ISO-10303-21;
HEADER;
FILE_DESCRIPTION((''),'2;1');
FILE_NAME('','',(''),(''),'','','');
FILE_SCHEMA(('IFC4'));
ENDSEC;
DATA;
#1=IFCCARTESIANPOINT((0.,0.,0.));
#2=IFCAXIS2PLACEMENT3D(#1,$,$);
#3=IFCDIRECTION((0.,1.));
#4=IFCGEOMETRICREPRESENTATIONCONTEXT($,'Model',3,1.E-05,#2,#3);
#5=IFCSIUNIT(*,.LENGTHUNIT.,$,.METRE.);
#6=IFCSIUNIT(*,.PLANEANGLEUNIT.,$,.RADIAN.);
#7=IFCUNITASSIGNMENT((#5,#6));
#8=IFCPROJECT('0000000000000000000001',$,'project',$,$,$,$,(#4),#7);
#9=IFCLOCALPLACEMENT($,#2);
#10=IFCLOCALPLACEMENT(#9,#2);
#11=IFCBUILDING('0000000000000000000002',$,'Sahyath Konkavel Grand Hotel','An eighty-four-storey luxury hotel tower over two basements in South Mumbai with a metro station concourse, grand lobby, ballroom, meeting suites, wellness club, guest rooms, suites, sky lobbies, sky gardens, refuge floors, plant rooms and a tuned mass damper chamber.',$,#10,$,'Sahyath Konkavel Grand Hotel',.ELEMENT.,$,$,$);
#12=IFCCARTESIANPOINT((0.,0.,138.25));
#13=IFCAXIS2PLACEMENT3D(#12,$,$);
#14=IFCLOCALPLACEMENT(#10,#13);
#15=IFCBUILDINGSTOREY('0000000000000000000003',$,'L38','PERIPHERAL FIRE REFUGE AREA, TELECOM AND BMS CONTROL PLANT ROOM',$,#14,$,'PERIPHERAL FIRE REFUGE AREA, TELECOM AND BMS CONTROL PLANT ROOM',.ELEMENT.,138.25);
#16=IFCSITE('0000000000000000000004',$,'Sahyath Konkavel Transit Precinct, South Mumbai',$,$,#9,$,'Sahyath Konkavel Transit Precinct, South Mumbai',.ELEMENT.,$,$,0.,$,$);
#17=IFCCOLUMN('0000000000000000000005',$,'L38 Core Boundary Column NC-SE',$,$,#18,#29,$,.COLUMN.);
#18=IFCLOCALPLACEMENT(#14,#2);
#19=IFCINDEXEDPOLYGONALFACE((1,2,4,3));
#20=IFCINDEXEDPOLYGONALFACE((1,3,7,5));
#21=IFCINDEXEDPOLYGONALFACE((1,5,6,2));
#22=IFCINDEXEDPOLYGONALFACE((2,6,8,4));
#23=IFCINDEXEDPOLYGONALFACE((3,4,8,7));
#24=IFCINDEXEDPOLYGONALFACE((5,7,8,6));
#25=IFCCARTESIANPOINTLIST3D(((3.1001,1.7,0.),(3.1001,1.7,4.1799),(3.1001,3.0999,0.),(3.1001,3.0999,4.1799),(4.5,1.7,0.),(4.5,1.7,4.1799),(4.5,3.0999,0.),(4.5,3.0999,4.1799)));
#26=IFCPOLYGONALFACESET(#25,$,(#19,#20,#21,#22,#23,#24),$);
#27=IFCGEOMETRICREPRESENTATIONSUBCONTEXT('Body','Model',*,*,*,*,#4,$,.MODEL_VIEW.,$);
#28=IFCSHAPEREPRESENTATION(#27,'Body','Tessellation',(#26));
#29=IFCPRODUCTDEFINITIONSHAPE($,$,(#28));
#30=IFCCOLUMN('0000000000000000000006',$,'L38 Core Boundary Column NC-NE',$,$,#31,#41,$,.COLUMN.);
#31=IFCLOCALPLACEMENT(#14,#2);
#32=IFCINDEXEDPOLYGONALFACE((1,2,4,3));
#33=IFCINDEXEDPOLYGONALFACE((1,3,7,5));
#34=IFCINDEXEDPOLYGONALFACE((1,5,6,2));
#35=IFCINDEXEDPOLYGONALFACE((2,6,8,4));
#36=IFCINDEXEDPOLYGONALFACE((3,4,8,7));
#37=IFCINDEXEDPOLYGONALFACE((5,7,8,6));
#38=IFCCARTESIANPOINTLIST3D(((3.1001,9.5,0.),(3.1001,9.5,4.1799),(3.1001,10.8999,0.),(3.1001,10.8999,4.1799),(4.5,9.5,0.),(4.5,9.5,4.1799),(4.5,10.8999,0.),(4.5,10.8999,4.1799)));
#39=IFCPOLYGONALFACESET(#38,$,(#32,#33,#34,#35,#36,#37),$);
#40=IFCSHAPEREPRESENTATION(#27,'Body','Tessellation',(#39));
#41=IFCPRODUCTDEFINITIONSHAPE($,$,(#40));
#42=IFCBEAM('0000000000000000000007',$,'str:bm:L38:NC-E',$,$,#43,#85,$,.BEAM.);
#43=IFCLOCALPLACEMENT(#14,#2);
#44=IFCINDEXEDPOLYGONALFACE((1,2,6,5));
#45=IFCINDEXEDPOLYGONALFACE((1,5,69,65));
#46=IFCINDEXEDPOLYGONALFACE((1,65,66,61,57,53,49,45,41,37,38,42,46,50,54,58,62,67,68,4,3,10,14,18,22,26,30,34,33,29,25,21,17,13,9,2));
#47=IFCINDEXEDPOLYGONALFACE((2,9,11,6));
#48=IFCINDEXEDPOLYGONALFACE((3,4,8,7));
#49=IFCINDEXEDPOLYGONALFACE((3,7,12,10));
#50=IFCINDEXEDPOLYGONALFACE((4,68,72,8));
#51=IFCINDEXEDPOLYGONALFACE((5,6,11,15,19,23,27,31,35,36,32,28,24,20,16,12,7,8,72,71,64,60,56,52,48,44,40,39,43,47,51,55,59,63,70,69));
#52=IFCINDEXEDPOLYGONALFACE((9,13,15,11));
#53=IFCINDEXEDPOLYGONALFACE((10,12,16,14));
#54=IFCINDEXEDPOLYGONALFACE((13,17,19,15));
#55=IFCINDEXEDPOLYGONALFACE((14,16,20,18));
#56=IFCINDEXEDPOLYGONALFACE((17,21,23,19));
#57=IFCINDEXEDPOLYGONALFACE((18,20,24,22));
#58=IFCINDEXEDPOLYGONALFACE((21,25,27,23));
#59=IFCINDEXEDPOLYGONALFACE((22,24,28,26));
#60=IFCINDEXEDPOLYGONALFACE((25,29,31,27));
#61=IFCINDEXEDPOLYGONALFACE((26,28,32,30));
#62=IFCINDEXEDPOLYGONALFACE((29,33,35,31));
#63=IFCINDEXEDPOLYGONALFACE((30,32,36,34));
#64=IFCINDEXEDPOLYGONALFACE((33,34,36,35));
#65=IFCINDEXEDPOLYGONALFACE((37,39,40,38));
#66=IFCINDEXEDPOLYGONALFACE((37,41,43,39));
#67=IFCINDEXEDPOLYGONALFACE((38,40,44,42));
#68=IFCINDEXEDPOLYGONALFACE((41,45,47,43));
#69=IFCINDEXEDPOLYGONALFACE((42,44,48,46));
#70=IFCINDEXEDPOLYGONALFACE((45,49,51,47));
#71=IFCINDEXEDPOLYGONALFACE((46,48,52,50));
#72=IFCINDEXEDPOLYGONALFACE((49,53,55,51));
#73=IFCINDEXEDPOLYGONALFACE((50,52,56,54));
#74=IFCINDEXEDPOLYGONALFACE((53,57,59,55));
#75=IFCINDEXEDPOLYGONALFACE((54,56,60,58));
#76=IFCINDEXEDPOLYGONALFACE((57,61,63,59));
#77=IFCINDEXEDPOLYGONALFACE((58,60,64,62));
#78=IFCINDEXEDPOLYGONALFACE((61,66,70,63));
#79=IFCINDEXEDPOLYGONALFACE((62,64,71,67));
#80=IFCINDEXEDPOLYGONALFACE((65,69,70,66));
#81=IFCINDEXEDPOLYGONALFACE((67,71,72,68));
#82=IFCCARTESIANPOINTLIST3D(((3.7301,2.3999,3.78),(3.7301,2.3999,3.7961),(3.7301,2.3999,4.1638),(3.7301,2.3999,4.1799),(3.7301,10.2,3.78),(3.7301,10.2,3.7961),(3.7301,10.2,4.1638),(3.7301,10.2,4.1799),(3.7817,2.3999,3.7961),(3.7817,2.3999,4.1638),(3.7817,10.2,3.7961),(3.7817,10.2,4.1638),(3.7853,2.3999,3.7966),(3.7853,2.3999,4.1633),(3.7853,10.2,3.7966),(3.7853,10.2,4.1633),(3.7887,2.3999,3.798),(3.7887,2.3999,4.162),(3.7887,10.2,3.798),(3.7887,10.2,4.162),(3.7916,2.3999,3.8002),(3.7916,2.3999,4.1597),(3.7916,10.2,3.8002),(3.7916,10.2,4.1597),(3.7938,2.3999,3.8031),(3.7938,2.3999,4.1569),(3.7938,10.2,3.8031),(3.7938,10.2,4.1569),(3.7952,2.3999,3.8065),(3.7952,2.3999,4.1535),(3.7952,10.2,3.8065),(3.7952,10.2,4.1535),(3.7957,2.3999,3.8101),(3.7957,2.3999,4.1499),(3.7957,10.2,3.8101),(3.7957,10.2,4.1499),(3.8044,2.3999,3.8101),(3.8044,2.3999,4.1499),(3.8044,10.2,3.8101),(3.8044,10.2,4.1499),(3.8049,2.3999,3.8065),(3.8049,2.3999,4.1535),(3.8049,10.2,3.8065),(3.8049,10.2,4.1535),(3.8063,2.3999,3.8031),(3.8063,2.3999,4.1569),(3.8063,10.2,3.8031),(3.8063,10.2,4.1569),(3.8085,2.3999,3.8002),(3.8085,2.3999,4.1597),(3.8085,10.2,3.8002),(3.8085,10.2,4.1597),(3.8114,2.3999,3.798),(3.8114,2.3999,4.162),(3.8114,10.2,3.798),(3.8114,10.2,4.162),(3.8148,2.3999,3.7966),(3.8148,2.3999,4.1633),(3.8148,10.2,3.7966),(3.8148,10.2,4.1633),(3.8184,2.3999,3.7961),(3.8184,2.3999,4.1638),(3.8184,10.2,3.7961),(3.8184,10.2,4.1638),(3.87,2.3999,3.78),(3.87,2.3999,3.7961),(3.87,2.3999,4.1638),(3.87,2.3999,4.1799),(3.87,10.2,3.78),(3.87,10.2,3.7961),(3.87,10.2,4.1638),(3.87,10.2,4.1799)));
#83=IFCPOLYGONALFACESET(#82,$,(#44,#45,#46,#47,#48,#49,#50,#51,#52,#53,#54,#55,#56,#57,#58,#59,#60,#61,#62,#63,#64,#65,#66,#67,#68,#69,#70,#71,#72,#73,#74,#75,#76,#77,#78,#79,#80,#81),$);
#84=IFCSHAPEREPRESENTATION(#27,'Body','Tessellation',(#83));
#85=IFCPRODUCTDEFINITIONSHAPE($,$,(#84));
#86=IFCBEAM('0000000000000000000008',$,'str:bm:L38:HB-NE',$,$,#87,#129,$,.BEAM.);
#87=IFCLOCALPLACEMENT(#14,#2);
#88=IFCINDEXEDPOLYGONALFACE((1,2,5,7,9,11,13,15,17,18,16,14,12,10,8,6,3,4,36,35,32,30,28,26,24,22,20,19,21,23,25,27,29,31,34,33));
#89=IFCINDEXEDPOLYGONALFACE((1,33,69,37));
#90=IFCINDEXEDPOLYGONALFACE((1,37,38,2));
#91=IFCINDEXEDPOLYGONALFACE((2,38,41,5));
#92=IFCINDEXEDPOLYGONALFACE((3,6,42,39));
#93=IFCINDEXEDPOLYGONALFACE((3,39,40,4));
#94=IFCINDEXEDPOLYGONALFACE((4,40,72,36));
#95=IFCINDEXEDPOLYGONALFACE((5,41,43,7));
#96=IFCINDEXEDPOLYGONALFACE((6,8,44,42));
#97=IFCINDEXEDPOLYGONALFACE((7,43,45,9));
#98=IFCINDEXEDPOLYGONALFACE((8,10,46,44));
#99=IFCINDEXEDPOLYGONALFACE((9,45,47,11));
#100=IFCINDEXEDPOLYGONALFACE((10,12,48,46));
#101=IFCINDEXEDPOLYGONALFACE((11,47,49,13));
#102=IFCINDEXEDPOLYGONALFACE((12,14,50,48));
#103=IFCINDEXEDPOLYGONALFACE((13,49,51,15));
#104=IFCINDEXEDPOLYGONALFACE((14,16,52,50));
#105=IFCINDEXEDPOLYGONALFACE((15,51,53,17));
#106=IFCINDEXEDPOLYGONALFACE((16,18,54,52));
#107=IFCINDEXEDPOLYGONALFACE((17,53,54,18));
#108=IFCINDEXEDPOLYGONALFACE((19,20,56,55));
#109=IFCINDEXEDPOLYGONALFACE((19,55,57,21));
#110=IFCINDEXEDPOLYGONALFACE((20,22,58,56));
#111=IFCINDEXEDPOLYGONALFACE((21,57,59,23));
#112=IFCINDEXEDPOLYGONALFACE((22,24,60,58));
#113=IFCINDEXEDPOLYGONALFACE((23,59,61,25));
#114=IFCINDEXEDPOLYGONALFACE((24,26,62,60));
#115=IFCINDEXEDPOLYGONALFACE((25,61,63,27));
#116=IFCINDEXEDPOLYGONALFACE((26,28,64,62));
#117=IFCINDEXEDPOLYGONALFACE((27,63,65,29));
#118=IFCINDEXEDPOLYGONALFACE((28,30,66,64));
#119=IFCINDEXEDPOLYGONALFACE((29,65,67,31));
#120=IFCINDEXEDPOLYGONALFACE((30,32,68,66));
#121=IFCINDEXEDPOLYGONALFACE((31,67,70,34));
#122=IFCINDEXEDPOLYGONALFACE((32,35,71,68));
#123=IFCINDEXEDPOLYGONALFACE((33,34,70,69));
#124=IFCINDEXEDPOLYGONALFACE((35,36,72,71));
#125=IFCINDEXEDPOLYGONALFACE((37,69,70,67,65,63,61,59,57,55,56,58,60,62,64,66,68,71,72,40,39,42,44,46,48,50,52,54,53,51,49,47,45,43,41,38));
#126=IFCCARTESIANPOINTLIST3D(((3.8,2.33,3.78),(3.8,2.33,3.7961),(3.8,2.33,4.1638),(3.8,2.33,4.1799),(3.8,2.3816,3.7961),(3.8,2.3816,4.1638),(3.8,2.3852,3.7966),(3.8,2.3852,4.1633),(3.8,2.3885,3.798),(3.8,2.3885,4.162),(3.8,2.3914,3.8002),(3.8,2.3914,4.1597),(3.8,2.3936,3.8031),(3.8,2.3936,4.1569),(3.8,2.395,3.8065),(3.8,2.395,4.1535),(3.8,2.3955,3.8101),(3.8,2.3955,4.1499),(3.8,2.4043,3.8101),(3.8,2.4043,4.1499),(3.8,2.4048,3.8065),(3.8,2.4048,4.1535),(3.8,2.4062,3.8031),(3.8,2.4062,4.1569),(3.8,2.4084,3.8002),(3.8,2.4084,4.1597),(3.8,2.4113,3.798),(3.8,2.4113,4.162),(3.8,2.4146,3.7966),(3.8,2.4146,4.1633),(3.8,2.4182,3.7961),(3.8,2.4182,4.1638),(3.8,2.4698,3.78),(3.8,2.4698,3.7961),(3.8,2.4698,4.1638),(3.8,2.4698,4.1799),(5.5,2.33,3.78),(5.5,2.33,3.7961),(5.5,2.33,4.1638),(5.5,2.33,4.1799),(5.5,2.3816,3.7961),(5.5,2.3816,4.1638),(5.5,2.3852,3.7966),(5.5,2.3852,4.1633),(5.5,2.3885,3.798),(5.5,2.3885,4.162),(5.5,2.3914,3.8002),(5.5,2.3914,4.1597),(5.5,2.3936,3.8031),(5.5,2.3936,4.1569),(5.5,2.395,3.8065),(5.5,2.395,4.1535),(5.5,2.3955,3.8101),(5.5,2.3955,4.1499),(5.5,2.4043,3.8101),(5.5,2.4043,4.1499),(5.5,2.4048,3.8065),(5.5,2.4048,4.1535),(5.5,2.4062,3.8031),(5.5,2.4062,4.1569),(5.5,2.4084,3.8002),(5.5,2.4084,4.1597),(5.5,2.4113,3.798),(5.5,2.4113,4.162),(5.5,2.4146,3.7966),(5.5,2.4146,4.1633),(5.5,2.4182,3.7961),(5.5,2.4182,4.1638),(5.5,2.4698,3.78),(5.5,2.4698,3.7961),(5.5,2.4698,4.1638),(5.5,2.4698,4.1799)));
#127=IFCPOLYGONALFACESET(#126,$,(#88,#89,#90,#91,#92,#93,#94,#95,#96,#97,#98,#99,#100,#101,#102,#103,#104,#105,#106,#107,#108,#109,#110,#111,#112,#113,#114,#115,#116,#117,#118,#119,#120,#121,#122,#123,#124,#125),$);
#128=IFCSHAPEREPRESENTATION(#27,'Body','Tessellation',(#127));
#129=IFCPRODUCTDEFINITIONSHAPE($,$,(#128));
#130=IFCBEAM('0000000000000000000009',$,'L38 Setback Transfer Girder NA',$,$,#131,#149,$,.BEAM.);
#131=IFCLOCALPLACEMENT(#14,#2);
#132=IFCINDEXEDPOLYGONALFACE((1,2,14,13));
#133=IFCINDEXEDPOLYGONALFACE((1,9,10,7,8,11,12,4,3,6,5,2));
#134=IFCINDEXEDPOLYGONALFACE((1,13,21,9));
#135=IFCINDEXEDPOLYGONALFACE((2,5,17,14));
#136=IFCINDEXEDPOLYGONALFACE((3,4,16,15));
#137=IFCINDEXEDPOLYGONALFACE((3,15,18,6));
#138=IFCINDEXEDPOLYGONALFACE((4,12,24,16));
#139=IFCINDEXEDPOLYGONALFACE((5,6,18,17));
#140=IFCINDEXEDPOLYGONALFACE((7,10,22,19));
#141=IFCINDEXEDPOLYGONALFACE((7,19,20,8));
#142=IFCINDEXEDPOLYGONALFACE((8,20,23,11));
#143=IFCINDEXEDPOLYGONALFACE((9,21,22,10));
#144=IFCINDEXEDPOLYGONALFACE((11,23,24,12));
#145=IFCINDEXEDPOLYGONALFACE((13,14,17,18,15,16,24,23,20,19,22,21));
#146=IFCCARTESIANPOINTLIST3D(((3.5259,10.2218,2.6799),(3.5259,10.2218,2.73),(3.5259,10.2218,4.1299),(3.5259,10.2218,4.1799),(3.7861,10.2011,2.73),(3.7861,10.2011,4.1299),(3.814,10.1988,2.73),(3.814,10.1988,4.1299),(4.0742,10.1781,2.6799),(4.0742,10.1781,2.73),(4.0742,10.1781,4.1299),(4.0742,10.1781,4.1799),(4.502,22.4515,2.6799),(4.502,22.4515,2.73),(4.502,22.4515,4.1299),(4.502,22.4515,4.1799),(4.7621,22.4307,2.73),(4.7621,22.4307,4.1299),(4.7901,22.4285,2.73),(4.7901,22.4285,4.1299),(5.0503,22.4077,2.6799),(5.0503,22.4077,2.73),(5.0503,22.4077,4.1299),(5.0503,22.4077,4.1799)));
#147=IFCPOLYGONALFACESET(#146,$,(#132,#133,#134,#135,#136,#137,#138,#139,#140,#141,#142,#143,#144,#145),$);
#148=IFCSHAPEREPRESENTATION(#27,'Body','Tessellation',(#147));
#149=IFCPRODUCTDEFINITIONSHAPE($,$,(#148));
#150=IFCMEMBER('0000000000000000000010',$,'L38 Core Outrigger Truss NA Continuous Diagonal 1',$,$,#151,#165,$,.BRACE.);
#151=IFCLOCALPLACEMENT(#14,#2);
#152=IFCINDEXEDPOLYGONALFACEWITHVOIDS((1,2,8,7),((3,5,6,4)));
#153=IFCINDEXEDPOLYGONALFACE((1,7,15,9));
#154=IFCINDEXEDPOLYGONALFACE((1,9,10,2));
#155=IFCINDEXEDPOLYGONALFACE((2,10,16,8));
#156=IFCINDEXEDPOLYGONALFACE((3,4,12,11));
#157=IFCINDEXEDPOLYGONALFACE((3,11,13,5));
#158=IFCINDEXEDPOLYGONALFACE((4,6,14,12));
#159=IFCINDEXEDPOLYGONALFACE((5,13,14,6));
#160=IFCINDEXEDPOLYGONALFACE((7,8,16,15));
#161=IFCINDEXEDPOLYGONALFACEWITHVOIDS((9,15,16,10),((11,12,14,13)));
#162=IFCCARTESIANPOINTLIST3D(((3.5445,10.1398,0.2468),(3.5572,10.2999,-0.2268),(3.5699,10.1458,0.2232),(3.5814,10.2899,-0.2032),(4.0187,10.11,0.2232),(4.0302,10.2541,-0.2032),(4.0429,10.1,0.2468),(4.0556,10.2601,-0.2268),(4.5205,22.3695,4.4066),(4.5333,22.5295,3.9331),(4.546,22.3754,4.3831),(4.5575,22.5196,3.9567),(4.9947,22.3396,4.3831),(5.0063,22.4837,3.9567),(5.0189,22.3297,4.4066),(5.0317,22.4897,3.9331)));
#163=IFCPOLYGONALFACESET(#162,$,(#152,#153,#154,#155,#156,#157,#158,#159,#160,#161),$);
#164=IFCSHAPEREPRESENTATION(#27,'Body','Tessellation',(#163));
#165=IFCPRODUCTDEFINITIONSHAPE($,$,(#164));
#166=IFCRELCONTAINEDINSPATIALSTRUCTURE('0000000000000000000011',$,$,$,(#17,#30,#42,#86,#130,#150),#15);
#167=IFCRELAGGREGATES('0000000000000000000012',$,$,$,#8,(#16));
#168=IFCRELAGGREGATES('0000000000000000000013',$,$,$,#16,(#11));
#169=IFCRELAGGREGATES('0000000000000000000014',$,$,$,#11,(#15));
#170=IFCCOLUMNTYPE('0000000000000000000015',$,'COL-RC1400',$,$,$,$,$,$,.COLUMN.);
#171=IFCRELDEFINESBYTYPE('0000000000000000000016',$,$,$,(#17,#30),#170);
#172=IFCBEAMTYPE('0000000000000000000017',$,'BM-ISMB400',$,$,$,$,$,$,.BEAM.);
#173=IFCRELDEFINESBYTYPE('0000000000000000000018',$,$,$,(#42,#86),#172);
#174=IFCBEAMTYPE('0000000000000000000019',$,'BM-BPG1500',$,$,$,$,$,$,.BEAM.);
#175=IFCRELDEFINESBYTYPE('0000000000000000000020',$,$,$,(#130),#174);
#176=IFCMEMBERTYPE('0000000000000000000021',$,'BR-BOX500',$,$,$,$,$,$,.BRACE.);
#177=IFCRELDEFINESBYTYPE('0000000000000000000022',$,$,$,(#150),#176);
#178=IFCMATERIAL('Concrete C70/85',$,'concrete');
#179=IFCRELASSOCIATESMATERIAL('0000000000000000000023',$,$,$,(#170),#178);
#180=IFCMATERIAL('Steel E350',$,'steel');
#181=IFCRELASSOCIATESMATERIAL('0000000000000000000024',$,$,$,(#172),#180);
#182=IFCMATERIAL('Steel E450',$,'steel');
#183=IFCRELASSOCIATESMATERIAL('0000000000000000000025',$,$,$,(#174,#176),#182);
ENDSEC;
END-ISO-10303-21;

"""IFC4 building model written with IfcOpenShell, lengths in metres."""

from ifc_helpers import new_model, si_unit, direction, frame, origin, origin_2d, place, context, subcontext, project, spatial, rectangle, hollow_rectangle, i_section, extrude, source, transform, mapped, material, material_profile, profile_set, type_object, element, save


model = new_model("IFC4")

# Units and contexts
model_context = context("Model", 3, precision=1e-05, world=origin(), true_north=direction((0.0, 1.0)))
body_context = subcontext(model_context, "Body", "Model", "MODEL_VIEW")
ifc_project = project(units=[si_unit("LENGTHUNIT", "METRE"), si_unit("PLANEANGLEUNIT", "RADIAN")], contexts=[model_context])

# Site, building, storey
site_placement = place(None, origin())
site = spatial("IfcSite", under=ifc_project, at=site_placement, Name="Sahyath Konkavel Transit Precinct, South Mumbai", LongName="Sahyath Konkavel Transit Precinct, South Mumbai", CompositionType="ELEMENT", RefElevation=0.0)
building_placement = place(site_placement, origin())
building = spatial("IfcBuilding", under=site, at=building_placement, Name="Sahyath Konkavel Grand Hotel", Description="An eighty-four-storey luxury hotel tower over two basements in South Mumbai with a metro station concourse, grand lobby, ballroom, meeting suites, wellness club, guest rooms, suites, sky lobbies, sky gardens, refuge floors, plant rooms and a tuned mass damper chamber.", LongName="Sahyath Konkavel Grand Hotel", CompositionType="ELEMENT")
storey_placement = place(building_placement, frame((0.0, 0.0, 138.25)))
storey = spatial("IfcBuildingStorey", under=building, at=storey_placement, Name="L38", Description="PERIPHERAL FIRE REFUGE AREA, TELECOM AND BMS CONTROL PLANT ROOM", LongName="PERIPHERAL FIRE REFUGE AREA, TELECOM AND BMS CONTROL PLANT ROOM", CompositionType="ELEMENT", Elevation=138.25)

# Columns
ifc_material_1 = material(Name="Concrete C70/85", Category="concrete")
ifc_material_profile_1 = material_profile(ifc_material_1, rectangle(XDim=1.3999, YDim=1.3999, at=origin_2d()), Name="RC 1400x1400")
ifc_profile_set_1 = profile_set([ifc_material_profile_1], Name="Concrete C70/85")
column_type = type_object("IfcColumnType", Name="COL-RC1400", PredefinedType="COLUMN", material=ifc_profile_set_1)
shared_shape_1 = source(origin(), body_context, "Body", "SweptSolid", [
    extrude(rectangle(XDim=1.3999, YDim=1.3999, at=origin_2d()), origin(), (0.0, 0.0, 1.0), 4.1799),
])
for number, where, z_axis, x_axis, name in (
    (1, (3.8, 2.3999, 0.0), (0.0, 0.0, 1.0), (1.0, 0.0, 0.0), "L38 Core Boundary Column NC-SE"),
    (2, (3.8, 10.2, 0.0), (0.0, 0.0, 1.0), (1.0, 0.0, 0.0), "L38 Core Boundary Column NC-NE"),
):
    element("IfcColumn", number, at=place(storey_placement, frame(where, z_axis=z_axis, x_axis=x_axis)), inside=storey, type_object=column_type, Name=name, PredefinedType="COLUMN", context=body_context, shape_type="MappedRepresentation", body=[
        mapped(shared_shape_1, transform((0.0, 0.0, 0.0), scale=1.0)),
    ])

# Beams
ifc_material_2 = material(Name="Steel E350", Category="steel")
ifc_material_profile_2 = material_profile(ifc_material_2, i_section(OverallWidth=0.1399, OverallDepth=0.3999, WebThickness=0.0088, FlangeThickness=0.0161, FilletRadius=0.0139, at=origin_2d()), Name="ISMB 400")
ifc_profile_set_2 = profile_set([ifc_material_profile_2], Name="Steel E350")
beam_type_1 = type_object("IfcBeamType", Name="BM-ISMB400", PredefinedType="BEAM", material=ifc_profile_set_2)
shared_shape_2 = source(origin(), body_context, "Body", "SweptSolid", [
    extrude(i_section(OverallWidth=0.1399, OverallDepth=0.3999, WebThickness=0.0088, FlangeThickness=0.0161, FilletRadius=0.0139, at=origin_2d()), origin(), (0.0, 0.0, 1.0), 7.8),
])
beam_1_placement = place(storey_placement, frame((3.8, 2.3999, 3.98), z_axis=(0.0, 1.0, 0.0), x_axis=(-1.0, 0.0, 0.0)))
element("IfcBeam", 3, at=beam_1_placement, inside=storey, type_object=beam_type_1, Name="str:bm:L38:NC-E", PredefinedType="BEAM", context=body_context, shape_type="MappedRepresentation", body=[
    mapped(shared_shape_2, transform((0.0, 0.0, 0.0), scale=1.0)),
])
shared_shape_3 = source(origin(), body_context, "Body", "SweptSolid", [
    extrude(i_section(OverallWidth=0.1399, OverallDepth=0.3999, WebThickness=0.0088, FlangeThickness=0.0161, FilletRadius=0.0139, at=origin_2d()), origin(), (0.0, 0.0, 1.0), 1.7),
])
beam_2_placement = place(storey_placement, frame((3.8, 2.3999, 3.98), z_axis=(1.0, 0.0, 0.0), x_axis=(0.0, 1.0, 0.0)))
element("IfcBeam", 4, at=beam_2_placement, inside=storey, type_object=beam_type_1, Name="str:bm:L38:HB-NE", PredefinedType="BEAM", context=body_context, shape_type="MappedRepresentation", body=[
    mapped(shared_shape_3, transform((0.0, 0.0, 0.0), scale=1.0)),
])
ifc_material_3 = material(Name="Steel E450", Category="steel")
ifc_material_profile_3 = material_profile(ifc_material_3, i_section(OverallWidth=0.55, OverallDepth=1.5, WebThickness=0.0281, FlangeThickness=0.05, at=origin_2d()), Name="BPG 1500x550")
ifc_profile_set_3 = profile_set([ifc_material_profile_3], Name="Steel E450")
beam_type_2 = type_object("IfcBeamType", Name="BM-BPG1500", PredefinedType="BEAM", material=ifc_profile_set_3)
shared_shape_4 = source(origin(), body_context, "Body", "SweptSolid", [
    extrude(i_section(OverallWidth=0.55, OverallDepth=1.5, WebThickness=0.0281, FlangeThickness=0.05, at=origin_2d()), origin(), (0.0, 0.0, 1.0), 12.2686),
])
beam_3_placement = place(storey_placement, frame((3.8, 10.2, 3.4299), z_axis=(0.079559, 0.99683, 0.0), x_axis=(-0.99683, 0.079559, 0.0)))
element("IfcBeam", 5, at=beam_3_placement, inside=storey, type_object=beam_type_2, Name="L38 Setback Transfer Girder NA", PredefinedType="BEAM", context=body_context, shape_type="MappedRepresentation", body=[
    mapped(shared_shape_4, transform((0.0, 0.0, 0.0), scale=1.0)),
])

# Member
ifc_material_profile_4 = material_profile(ifc_material_3, hollow_rectangle(XDim=0.5, YDim=0.5, WallThickness=0.0249, at=origin_2d()), Name="BOX 500x500x25")
ifc_profile_set_4 = profile_set([ifc_material_profile_4], Name="Steel E450")
member_type = type_object("IfcMemberType", Name="BR-BOX500", PredefinedType="BRACE", material=ifc_profile_set_4)
shared_shape_5 = source(origin(), body_context, "Body", "SweptSolid", [
    extrude(hollow_rectangle(XDim=0.5, YDim=0.5, WallThickness=0.0249, at=origin_2d()), origin(), (0.0, 0.0, 1.0), 12.9546),
])
member_placement = place(storey_placement, frame((3.8, 10.2, 0.01), z_axis=(0.075345, 0.944039, 0.321112), x_axis=(-0.99683, 0.079559, 0.0)))
element("IfcMember", 6, at=member_placement, inside=storey, type_object=member_type, Name="L38 Core Outrigger Truss NA Continuous Diagonal 1", PredefinedType="BRACE", context=body_context, shape_type="MappedRepresentation", body=[
    mapped(shared_shape_5, transform((0.0, 0.0, 0.0), scale=1.0)),
])

save(model, "model.ifc")
